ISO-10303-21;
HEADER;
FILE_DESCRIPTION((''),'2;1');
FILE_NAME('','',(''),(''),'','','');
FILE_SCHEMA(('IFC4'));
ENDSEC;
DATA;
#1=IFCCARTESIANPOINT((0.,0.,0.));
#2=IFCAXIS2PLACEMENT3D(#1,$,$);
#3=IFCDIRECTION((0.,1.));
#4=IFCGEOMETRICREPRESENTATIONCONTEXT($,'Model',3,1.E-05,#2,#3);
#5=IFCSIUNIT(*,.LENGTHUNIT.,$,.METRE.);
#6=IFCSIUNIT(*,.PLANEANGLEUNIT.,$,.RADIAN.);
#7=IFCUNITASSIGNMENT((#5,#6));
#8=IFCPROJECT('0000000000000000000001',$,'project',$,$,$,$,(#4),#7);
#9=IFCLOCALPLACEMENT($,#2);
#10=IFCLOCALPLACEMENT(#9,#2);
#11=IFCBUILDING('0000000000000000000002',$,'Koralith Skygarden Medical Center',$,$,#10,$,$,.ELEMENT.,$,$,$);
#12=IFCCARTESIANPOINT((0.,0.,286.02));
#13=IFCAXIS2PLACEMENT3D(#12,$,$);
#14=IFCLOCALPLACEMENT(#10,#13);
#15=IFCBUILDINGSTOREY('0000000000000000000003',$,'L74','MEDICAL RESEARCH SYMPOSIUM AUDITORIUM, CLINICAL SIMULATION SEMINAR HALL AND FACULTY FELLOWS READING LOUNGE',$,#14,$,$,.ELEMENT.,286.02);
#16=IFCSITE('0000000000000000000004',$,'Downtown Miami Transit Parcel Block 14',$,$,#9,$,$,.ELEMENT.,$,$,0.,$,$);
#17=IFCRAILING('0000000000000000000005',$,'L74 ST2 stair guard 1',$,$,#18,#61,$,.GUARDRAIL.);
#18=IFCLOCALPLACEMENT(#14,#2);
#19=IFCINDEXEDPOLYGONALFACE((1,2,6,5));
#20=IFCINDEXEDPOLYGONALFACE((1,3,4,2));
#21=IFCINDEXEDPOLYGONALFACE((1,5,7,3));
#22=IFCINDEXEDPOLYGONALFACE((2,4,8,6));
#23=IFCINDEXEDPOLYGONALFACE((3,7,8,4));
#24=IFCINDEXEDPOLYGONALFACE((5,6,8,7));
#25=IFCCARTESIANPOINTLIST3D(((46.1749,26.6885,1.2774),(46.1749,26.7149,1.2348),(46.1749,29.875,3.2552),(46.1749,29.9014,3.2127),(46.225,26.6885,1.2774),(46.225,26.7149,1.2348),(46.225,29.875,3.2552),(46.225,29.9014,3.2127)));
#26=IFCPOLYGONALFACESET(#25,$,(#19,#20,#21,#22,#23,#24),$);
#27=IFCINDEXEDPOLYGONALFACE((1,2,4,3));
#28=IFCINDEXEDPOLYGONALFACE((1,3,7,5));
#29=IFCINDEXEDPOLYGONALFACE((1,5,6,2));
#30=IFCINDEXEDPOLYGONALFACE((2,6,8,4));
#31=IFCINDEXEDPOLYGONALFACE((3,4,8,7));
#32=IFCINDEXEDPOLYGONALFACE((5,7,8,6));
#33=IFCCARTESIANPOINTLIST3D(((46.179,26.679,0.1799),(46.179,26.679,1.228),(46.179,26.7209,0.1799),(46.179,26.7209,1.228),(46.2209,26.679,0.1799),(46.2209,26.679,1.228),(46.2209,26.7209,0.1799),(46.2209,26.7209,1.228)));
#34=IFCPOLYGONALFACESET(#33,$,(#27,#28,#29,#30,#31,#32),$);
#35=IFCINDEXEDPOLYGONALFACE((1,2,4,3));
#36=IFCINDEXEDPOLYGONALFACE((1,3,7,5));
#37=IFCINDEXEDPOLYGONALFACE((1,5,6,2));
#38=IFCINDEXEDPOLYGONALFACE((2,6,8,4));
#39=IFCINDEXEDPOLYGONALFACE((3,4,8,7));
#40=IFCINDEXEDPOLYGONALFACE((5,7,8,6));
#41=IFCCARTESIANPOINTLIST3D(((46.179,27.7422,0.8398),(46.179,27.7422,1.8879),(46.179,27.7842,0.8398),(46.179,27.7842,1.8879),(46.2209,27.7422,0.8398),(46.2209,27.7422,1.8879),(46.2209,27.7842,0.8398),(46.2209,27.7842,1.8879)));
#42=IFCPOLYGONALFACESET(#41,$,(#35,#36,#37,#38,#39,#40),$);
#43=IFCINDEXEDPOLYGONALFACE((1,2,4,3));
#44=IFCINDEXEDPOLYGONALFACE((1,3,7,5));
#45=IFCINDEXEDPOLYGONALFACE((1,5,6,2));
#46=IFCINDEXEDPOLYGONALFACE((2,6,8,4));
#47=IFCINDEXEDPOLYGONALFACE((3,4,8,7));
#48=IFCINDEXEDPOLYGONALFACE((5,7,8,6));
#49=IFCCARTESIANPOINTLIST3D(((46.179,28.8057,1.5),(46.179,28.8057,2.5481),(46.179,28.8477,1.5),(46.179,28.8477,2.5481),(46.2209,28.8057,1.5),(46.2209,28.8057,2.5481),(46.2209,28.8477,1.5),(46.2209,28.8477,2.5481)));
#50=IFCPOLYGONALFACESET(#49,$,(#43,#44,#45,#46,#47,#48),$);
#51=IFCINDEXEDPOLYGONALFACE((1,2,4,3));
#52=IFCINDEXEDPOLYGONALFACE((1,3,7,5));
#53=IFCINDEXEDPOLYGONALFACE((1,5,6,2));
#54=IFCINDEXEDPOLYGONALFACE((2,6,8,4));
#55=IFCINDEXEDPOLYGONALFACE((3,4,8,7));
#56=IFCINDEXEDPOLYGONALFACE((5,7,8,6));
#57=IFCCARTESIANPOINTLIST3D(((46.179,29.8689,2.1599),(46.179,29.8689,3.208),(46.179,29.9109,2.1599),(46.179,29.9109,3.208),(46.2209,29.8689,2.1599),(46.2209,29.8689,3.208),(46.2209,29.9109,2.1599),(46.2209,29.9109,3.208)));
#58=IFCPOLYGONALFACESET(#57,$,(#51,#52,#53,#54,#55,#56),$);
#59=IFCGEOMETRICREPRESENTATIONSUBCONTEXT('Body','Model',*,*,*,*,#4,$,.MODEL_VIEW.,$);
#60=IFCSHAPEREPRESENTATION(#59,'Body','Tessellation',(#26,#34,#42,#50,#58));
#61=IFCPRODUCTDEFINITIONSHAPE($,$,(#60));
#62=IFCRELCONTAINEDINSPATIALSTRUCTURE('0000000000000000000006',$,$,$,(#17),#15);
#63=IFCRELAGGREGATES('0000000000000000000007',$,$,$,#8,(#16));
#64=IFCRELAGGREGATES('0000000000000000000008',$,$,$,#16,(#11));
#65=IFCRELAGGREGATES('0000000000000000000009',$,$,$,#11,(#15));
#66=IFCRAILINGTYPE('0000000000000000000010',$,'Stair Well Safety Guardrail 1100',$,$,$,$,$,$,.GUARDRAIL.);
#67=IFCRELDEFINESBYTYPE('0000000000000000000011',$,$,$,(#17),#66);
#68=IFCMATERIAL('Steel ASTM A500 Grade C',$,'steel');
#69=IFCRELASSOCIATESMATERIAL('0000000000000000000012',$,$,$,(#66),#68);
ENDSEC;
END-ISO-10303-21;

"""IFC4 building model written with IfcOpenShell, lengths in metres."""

from ifc_helpers import new_model, si_unit, direction, frame, origin, origin_2d, place, context, subcontext, project, spatial, rectangle, extrude, material, type_object, element, save


model = new_model("IFC4")

# Units and contexts
model_context = context("Model", 3, precision=1e-05, world=origin(), true_north=direction((0.0, 1.0)))
body_context = subcontext(model_context, "Body", "Model", "MODEL_VIEW")
ifc_project = project(units=[si_unit("LENGTHUNIT", "METRE"), si_unit("PLANEANGLEUNIT", "RADIAN")], contexts=[model_context])

# Site, building, storey
site_placement = place(None, origin())
site = spatial("IfcSite", under=ifc_project, at=site_placement, Name="Downtown Miami Transit Parcel Block 14", CompositionType="ELEMENT", RefElevation=0.0)
building_placement = place(site_placement, origin())
building = spatial("IfcBuilding", under=site, at=building_placement, Name="Koralith Skygarden Medical Center", CompositionType="ELEMENT")
storey_placement = place(building_placement, frame((0.0, 0.0, 286.02)))
storey = spatial("IfcBuildingStorey", under=building, at=storey_placement, Name="L74", Description="MEDICAL RESEARCH SYMPOSIUM AUDITORIUM, CLINICAL SIMULATION SEMINAR HALL AND FACULTY FELLOWS READING LOUNGE", CompositionType="ELEMENT", Elevation=286.02)

# Railing
ifc_material_1 = material(Name="Steel ASTM A500 Grade C", Category="steel")
railing_type_1 = type_object("IfcRailingType", Name="Stair Well Safety Guardrail 1100", PredefinedType="GUARDRAIL", material=ifc_material_1)
railing_1_placement = place(storey_placement, frame((46.2, 26.7, 0.1799)))
element("IfcRailing", 1, at=railing_1_placement, inside=storey, type_object=railing_type_1, Name="L74 ST2 stair guard 1", PredefinedType="GUARDRAIL", context=body_context, shape_type="SweptSolid", body=[
    extrude(rectangle(XDim=0.05, YDim=0.05, at=origin_2d()), frame((0.0, 0.0017, 1.0762), z_axis=(0.0, 0.849638, 0.527366), x_axis=(-1.0, 0.0, 0.0)), (0.0, 0.0, 1.0), 3.7505),
    extrude(rectangle(XDim=0.042, YDim=0.042, at=origin_2d()), origin(), (0.0, 0.0, 1.0), 1.0481),
    extrude(rectangle(XDim=0.042, YDim=0.042, at=origin_2d()), frame((0.0, 1.0632, 0.6599)), (0.0, 0.0, 1.0), 1.0481),
    extrude(rectangle(XDim=0.042, YDim=0.042, at=origin_2d()), frame((0.0, 2.1267, 1.3201)), (0.0, 0.0, 1.0), 1.0481),
    extrude(rectangle(XDim=0.042, YDim=0.042, at=origin_2d()), frame((0.0, 3.1899, 1.98)), (0.0, 0.0, 1.0), 1.0481),
])

save(model, "model.ifc")
